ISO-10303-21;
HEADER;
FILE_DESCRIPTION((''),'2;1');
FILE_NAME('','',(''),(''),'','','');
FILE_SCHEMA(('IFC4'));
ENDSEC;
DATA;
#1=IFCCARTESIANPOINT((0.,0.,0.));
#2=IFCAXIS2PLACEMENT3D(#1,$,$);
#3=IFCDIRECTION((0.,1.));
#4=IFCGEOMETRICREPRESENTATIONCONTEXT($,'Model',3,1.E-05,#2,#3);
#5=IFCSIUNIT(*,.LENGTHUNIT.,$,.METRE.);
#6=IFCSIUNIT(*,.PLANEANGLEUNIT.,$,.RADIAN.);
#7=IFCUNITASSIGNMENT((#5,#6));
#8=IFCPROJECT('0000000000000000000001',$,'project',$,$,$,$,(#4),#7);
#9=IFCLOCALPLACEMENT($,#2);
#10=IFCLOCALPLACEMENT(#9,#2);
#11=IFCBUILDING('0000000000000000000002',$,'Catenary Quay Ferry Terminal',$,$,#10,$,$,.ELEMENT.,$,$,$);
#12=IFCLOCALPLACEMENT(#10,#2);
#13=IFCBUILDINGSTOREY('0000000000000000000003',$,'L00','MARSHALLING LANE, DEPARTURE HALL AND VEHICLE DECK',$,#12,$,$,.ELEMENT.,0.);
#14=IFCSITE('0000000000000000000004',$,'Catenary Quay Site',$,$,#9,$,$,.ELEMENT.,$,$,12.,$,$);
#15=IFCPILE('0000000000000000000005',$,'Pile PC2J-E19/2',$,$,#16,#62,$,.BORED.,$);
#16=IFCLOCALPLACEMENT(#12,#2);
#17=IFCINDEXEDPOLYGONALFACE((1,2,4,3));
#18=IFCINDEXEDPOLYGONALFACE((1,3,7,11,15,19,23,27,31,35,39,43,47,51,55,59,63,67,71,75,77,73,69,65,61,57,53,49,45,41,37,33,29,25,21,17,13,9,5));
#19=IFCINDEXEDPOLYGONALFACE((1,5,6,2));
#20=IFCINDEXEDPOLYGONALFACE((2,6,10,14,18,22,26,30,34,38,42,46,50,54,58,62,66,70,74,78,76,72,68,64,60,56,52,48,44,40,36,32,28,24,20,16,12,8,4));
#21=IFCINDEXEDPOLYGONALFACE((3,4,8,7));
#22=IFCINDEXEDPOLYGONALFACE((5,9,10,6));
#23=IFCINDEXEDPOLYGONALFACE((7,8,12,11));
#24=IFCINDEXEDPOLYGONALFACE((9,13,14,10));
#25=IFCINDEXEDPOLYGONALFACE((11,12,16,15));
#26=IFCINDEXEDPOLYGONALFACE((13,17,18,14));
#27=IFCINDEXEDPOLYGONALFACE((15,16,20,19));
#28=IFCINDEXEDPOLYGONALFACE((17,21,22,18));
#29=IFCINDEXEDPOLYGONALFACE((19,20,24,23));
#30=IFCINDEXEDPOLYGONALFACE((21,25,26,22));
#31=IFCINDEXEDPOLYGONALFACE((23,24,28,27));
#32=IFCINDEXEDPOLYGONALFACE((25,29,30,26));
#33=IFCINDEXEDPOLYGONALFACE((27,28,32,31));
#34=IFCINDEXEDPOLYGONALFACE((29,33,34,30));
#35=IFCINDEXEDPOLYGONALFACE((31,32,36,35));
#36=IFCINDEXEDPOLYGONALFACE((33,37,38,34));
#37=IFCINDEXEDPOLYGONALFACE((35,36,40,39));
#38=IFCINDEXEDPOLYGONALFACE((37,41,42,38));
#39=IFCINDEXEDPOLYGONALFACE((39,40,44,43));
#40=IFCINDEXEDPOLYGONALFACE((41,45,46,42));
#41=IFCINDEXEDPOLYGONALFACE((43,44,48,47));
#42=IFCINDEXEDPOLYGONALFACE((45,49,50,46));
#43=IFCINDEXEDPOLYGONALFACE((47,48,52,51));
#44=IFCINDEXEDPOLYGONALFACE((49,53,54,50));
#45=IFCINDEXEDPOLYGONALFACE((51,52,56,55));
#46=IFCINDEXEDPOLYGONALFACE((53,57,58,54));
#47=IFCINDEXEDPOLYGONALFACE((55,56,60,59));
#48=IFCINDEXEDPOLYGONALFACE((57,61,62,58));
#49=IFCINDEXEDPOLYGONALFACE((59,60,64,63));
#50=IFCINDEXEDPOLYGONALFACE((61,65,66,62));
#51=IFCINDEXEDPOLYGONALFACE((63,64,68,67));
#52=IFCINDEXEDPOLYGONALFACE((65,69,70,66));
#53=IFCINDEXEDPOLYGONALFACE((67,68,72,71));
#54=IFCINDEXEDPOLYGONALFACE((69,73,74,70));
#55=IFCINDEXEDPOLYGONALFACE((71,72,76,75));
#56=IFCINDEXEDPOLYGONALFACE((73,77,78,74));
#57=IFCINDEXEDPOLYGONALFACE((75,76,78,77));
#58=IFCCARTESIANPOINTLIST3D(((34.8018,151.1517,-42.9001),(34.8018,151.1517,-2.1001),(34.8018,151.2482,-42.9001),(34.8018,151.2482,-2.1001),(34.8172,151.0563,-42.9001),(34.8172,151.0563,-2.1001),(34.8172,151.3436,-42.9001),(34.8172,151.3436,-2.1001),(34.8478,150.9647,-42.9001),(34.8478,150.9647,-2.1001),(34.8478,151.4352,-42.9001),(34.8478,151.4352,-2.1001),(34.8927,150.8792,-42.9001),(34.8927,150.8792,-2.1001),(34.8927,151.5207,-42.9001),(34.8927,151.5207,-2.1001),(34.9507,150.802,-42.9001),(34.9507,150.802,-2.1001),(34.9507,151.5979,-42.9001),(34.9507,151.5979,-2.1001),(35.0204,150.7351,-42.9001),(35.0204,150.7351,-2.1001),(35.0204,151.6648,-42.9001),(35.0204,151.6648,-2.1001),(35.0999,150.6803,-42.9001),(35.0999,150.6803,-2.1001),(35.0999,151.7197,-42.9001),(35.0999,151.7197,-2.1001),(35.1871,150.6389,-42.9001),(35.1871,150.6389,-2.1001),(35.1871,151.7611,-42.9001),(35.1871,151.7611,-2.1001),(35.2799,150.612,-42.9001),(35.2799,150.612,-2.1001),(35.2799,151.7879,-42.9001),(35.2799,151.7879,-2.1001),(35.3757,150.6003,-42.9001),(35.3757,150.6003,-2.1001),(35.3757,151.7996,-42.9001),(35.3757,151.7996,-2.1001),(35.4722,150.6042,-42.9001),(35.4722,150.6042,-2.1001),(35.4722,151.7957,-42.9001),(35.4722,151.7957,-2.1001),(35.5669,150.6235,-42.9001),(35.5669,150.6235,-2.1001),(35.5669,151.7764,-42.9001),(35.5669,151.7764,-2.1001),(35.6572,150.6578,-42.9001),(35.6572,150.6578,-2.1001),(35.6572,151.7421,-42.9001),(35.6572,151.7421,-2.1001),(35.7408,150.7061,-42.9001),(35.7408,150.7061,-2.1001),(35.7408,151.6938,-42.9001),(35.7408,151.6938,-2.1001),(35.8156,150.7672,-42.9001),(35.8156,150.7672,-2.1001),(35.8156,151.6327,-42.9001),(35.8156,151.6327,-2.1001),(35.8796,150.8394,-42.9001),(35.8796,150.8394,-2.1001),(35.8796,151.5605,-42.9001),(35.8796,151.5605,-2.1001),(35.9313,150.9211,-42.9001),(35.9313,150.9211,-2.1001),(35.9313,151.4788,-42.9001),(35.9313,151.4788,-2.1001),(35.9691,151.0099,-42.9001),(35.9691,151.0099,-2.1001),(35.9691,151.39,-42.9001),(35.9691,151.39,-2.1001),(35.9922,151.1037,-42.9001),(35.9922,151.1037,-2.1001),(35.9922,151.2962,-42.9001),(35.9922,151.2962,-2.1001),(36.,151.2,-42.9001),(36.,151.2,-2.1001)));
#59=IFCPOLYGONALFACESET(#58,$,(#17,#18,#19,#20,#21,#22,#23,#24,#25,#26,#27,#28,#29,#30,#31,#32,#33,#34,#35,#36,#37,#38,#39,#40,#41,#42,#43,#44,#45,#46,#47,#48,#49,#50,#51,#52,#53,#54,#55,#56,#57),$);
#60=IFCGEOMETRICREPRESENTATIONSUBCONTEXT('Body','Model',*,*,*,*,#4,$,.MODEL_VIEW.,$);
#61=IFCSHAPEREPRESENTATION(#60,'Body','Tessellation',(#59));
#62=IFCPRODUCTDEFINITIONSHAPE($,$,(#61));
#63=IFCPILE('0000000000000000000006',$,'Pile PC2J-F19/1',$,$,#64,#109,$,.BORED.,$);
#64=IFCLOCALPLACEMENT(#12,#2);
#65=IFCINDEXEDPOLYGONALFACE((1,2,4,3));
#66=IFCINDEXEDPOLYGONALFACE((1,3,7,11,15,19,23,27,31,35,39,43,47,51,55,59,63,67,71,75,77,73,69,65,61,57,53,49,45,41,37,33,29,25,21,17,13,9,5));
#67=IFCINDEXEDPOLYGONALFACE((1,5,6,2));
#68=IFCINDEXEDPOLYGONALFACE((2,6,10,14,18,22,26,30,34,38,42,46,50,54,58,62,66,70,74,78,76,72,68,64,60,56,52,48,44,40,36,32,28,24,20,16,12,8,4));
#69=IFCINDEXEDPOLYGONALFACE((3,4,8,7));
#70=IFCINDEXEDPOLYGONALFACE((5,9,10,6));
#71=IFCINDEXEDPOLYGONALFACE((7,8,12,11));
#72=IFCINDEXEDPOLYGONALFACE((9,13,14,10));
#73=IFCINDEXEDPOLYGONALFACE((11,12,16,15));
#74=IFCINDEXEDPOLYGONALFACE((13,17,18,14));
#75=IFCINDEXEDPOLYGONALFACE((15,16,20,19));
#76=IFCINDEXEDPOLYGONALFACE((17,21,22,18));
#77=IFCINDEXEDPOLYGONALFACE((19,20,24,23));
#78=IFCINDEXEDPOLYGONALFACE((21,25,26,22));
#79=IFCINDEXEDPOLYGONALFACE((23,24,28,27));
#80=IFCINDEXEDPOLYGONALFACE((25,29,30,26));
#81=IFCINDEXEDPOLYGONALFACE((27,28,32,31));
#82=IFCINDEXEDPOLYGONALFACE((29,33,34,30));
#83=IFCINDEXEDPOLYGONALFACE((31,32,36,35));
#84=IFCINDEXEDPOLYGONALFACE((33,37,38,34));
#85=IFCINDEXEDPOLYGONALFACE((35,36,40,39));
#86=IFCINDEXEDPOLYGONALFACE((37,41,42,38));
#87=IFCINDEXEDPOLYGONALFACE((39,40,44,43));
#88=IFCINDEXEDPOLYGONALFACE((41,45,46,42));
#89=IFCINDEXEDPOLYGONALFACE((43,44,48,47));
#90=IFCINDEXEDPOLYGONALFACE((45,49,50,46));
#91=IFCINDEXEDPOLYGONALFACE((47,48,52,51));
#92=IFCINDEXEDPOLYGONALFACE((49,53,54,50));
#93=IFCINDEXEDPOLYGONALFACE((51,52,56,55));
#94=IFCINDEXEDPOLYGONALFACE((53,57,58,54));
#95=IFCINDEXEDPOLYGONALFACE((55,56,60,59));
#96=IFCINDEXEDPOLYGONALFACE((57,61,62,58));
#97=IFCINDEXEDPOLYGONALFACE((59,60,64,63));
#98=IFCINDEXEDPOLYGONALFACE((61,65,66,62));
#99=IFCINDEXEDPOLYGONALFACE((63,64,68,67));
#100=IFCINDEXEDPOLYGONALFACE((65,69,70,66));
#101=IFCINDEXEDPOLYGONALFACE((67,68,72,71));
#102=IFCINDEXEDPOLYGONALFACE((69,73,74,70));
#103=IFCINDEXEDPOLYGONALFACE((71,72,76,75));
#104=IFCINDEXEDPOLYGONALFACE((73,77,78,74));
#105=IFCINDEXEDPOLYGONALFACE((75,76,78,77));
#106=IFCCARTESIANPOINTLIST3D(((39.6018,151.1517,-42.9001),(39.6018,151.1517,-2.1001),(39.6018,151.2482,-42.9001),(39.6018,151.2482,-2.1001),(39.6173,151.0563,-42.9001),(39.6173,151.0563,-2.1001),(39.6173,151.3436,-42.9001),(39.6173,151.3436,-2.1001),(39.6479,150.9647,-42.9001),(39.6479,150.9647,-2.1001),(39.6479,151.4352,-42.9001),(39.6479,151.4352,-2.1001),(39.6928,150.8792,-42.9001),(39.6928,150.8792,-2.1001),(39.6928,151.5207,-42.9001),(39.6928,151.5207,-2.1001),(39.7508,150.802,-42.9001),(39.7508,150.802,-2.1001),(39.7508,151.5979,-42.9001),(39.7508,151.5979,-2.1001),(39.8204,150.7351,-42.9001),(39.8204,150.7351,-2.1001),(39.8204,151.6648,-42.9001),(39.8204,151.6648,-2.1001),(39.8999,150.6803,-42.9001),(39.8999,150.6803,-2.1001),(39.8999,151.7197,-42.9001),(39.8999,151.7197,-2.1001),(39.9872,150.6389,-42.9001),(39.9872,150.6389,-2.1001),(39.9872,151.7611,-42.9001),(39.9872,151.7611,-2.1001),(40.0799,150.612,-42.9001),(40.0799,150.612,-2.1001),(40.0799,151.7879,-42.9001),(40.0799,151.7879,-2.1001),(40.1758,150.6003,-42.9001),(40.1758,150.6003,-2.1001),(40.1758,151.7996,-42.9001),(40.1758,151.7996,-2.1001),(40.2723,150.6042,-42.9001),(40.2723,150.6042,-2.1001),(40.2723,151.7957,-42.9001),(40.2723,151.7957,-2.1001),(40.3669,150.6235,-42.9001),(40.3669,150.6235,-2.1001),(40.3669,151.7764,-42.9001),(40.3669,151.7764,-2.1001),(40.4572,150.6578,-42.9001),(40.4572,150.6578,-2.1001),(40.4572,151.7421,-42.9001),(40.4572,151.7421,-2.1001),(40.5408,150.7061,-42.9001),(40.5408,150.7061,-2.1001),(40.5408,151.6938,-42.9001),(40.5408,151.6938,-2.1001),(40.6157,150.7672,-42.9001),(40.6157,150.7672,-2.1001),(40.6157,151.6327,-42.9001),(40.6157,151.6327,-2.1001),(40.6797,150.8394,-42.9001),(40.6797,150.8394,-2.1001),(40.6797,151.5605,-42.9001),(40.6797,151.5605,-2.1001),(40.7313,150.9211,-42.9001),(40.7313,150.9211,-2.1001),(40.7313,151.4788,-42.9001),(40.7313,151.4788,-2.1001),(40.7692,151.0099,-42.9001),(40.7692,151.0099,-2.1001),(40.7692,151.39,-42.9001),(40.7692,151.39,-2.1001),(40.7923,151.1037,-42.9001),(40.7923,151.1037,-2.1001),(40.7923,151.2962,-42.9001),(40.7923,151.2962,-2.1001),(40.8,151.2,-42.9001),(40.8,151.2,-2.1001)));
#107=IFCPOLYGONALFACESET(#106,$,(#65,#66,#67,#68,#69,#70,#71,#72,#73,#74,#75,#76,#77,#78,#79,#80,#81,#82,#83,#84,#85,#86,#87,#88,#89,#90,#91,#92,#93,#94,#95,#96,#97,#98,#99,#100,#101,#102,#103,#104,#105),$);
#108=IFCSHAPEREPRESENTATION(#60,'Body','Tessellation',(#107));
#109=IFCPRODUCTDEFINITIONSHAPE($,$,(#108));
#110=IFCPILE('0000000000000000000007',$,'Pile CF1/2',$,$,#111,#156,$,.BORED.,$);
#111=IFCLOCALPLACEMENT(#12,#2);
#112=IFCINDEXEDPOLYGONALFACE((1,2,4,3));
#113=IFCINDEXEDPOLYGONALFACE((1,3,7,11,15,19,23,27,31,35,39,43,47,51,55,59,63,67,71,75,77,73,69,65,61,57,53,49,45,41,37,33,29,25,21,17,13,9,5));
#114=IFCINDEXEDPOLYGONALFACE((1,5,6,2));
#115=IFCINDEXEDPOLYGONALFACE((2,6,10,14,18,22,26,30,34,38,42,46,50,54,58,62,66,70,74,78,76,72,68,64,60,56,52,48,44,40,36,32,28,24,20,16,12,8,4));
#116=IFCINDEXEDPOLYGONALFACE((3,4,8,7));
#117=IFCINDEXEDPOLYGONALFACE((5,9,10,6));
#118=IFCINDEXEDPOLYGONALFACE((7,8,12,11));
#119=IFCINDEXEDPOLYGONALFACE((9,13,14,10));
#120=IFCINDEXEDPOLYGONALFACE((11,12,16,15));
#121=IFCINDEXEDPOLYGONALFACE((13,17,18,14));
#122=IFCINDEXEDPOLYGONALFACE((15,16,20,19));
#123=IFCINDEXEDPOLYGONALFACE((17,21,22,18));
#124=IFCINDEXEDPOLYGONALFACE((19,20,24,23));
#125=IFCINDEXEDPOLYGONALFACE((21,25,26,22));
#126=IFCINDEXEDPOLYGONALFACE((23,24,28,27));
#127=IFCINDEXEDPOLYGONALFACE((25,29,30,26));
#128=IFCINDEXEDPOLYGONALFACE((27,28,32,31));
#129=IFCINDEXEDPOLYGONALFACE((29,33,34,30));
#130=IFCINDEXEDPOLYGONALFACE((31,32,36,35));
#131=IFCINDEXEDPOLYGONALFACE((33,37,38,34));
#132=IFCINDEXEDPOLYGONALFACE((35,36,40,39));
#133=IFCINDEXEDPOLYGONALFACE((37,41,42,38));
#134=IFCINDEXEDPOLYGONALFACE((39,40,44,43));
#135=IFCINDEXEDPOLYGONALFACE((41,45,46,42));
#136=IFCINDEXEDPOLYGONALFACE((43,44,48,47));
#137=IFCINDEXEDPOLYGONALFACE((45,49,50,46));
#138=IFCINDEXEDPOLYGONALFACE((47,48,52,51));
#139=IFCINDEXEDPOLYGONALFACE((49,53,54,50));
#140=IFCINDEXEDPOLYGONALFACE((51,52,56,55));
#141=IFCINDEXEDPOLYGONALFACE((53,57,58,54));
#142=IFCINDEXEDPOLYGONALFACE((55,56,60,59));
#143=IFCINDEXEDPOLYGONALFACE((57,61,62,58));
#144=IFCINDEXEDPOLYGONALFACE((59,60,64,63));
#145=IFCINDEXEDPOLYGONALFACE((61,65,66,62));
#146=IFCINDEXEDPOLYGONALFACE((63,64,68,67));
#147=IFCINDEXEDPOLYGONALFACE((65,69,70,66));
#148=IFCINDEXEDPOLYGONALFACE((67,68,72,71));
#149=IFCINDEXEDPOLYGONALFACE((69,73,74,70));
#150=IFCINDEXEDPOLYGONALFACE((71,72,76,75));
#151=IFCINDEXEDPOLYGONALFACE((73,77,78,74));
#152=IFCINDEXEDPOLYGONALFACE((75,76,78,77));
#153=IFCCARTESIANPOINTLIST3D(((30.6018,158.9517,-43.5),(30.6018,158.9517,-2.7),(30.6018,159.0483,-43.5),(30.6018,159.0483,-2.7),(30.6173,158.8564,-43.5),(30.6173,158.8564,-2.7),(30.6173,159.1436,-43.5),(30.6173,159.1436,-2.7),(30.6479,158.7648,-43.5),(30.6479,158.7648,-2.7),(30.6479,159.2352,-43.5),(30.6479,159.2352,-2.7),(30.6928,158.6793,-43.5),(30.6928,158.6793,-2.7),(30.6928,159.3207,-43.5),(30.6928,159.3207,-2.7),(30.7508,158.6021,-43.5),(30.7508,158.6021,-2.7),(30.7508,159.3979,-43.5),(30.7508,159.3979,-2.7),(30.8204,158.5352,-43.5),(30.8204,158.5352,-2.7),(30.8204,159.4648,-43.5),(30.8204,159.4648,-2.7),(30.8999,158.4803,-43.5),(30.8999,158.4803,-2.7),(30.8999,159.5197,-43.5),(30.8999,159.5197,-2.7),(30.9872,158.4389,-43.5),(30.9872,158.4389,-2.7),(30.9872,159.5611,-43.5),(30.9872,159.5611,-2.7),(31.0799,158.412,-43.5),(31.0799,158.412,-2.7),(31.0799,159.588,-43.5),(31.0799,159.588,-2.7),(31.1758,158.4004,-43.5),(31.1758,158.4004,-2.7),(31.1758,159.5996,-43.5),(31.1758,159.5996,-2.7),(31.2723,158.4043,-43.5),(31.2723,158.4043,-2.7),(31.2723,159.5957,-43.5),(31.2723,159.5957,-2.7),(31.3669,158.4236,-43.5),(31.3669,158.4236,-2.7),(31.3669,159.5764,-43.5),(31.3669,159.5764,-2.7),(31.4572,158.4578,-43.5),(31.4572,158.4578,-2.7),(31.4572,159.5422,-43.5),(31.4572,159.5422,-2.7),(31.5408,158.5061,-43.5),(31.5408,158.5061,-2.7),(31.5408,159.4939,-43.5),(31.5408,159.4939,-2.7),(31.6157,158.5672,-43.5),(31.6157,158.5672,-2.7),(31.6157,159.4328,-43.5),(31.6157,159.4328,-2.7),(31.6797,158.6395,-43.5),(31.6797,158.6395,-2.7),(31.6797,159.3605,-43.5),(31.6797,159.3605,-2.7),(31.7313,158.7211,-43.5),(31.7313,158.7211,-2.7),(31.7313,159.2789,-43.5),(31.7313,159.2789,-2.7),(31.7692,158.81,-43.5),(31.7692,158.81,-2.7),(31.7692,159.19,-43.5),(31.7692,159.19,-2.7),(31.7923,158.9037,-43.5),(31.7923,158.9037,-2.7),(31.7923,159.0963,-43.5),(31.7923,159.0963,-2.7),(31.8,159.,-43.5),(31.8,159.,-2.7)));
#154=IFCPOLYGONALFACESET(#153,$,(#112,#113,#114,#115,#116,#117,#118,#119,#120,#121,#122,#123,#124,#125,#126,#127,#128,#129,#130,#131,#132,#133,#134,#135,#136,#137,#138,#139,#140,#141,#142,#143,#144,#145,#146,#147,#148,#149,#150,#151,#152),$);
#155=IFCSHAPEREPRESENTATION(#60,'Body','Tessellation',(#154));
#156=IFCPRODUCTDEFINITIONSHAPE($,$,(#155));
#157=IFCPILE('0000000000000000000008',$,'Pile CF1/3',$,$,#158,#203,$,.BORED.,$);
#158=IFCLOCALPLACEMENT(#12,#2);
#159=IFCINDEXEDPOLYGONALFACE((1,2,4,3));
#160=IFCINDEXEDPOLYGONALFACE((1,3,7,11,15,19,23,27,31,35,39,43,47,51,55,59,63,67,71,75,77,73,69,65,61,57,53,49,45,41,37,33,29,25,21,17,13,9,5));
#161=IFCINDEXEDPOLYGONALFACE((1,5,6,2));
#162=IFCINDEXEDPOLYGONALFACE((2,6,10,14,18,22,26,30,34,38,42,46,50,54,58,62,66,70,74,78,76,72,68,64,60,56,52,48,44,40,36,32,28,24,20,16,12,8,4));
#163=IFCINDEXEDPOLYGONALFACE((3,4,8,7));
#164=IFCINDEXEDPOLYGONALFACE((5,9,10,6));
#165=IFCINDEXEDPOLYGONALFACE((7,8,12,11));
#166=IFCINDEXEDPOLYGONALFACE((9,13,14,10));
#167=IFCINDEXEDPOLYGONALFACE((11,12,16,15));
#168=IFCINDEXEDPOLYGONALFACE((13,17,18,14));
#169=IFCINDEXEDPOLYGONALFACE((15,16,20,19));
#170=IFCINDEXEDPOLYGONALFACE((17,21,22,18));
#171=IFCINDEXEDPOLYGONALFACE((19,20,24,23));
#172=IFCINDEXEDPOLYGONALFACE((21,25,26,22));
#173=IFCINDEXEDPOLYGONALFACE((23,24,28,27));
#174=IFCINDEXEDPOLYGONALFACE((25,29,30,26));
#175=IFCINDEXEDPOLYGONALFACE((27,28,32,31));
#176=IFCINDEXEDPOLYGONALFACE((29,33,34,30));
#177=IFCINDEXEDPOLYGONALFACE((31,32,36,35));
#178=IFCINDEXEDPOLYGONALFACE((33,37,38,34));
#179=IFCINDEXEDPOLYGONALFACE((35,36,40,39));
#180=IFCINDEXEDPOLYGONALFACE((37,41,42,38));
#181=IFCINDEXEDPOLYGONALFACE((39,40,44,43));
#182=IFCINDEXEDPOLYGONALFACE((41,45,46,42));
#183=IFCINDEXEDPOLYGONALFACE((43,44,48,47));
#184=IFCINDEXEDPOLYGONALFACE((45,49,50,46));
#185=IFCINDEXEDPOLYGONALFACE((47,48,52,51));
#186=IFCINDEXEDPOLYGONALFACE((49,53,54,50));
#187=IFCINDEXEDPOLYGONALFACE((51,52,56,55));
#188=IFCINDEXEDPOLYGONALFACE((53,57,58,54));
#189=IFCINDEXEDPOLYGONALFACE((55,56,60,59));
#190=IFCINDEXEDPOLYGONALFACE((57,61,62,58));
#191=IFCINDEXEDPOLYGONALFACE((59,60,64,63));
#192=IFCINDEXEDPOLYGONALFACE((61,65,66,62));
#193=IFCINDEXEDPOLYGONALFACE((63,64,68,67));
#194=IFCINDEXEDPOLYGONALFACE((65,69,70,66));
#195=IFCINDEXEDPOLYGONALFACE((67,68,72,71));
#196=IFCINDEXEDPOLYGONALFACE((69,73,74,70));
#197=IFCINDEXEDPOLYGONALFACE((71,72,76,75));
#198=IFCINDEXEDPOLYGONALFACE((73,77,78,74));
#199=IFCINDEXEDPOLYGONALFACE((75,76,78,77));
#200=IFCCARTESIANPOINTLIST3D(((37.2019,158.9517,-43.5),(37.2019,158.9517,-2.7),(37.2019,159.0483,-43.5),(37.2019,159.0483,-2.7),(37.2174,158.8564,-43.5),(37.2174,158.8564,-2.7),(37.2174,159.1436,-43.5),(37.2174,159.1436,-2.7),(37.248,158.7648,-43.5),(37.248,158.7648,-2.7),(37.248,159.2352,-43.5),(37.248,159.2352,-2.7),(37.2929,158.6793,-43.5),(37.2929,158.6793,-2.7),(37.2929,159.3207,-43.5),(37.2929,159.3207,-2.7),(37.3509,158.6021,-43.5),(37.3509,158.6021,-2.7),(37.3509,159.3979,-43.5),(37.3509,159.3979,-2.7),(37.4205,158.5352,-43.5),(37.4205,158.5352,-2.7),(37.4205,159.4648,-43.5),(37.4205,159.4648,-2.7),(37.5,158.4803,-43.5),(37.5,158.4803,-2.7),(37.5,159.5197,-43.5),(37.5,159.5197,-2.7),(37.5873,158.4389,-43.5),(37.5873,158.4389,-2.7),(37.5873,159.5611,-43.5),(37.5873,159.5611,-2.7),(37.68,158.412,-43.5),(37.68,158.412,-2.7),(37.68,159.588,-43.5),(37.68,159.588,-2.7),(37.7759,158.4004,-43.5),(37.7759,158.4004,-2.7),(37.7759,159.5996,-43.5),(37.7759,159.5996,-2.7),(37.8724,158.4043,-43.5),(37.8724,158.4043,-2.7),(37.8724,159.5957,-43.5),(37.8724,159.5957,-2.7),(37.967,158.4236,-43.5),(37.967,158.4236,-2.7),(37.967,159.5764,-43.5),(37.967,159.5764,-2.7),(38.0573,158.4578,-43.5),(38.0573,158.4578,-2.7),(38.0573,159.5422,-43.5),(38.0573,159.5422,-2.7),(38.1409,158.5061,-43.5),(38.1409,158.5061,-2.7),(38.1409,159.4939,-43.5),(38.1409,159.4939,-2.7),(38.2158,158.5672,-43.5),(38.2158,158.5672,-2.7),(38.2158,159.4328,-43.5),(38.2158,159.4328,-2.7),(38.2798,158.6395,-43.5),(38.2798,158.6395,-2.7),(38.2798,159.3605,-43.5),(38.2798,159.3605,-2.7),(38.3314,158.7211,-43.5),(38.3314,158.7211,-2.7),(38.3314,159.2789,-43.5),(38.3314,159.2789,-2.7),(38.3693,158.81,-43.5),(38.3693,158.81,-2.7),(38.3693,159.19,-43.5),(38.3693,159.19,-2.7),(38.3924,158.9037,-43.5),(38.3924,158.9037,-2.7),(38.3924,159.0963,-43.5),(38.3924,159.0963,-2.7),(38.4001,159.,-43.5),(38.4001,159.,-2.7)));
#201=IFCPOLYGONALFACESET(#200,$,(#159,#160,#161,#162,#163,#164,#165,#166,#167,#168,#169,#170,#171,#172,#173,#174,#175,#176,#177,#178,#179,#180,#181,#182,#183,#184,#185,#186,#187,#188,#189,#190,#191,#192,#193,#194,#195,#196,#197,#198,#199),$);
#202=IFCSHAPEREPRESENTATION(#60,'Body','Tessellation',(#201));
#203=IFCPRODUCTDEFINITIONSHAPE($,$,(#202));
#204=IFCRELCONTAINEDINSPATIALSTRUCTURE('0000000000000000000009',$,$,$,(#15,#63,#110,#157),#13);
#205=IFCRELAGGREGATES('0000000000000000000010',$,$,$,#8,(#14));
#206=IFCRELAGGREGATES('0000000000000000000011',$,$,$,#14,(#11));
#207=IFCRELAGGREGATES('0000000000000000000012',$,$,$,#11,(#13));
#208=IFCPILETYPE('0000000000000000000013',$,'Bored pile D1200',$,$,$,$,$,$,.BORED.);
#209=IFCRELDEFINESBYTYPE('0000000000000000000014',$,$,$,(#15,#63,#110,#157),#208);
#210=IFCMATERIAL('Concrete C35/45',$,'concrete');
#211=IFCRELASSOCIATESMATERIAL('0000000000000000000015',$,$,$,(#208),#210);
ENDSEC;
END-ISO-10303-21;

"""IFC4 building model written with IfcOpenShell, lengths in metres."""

from ifc_helpers import new_model, si_unit, direction, frame, origin, origin_2d, place, context, subcontext, project, spatial, circle, extrude, material, material_profile, profile_set, type_object, element, save


model = new_model("IFC4")

# Units and contexts
model_context = context("Model", 3, precision=1e-05, world=origin(), true_north=direction((0.0, 1.0)))
body_context = subcontext(model_context, "Body", "Model", "MODEL_VIEW")
ifc_project = project(units=[si_unit("LENGTHUNIT", "METRE"), si_unit("PLANEANGLEUNIT", "RADIAN")], contexts=[model_context])

# Site, building, storey
site_placement = place(None, origin())
site = spatial("IfcSite", under=ifc_project, at=site_placement, Name="Catenary Quay Site", CompositionType="ELEMENT", RefElevation=12.0)
building_placement = place(site_placement, origin())
building = spatial("IfcBuilding", under=site, at=building_placement, Name="Catenary Quay Ferry Terminal", CompositionType="ELEMENT")
storey_placement = place(building_placement, origin())
storey = spatial("IfcBuildingStorey", under=building, at=storey_placement, Name="L00", Description="MARSHALLING LANE, DEPARTURE HALL AND VEHICLE DECK", CompositionType="ELEMENT", Elevation=0.0)

# Piles
ifc_material_1 = material(Name="Concrete C35/45", Category="concrete")
ifc_material_profile = material_profile(ifc_material_1, circle(Radius=0.6001, at=origin_2d()), Name="D1200")
ifc_profile_set = profile_set([ifc_material_profile], Name="Concrete C35/45")
pile_type = type_object("IfcPileType", Name="Bored pile D1200", PredefinedType="BORED", material=ifc_profile_set)
for number, where, z_axis, x_axis, name in (
    (1, (35.3999, 151.2, -2.1001), (0.0, 0.0, -1.0), (1.0, 0.0, 0.0), "Pile PC2J-E19/2"),
    (2, (40.2, 151.2, -2.1001), (0.0, 0.0, -1.0), (1.0, 0.0, 0.0), "Pile PC2J-F19/1"),
    (3, (31.2, 159.0, -2.7), (0.0, 0.0, -1.0), (1.0, 0.0, 0.0), "Pile CF1/2"),
    (4, (37.8, 159.0, -2.7), (0.0, 0.0, -1.0), (1.0, 0.0, 0.0), "Pile CF1/3"),
):
    element("IfcPile", number, at=place(storey_placement, frame(where, z_axis=z_axis, x_axis=x_axis)), inside=storey, type_object=pile_type, Name=name, PredefinedType="BORED", context=body_context, shape_type="SweptSolid", body=[
        extrude(circle(Radius=0.6001, at=origin_2d()), origin(), (0.0, 0.0, 1.0), 40.8),
    ])

save(model, "model.ifc")
